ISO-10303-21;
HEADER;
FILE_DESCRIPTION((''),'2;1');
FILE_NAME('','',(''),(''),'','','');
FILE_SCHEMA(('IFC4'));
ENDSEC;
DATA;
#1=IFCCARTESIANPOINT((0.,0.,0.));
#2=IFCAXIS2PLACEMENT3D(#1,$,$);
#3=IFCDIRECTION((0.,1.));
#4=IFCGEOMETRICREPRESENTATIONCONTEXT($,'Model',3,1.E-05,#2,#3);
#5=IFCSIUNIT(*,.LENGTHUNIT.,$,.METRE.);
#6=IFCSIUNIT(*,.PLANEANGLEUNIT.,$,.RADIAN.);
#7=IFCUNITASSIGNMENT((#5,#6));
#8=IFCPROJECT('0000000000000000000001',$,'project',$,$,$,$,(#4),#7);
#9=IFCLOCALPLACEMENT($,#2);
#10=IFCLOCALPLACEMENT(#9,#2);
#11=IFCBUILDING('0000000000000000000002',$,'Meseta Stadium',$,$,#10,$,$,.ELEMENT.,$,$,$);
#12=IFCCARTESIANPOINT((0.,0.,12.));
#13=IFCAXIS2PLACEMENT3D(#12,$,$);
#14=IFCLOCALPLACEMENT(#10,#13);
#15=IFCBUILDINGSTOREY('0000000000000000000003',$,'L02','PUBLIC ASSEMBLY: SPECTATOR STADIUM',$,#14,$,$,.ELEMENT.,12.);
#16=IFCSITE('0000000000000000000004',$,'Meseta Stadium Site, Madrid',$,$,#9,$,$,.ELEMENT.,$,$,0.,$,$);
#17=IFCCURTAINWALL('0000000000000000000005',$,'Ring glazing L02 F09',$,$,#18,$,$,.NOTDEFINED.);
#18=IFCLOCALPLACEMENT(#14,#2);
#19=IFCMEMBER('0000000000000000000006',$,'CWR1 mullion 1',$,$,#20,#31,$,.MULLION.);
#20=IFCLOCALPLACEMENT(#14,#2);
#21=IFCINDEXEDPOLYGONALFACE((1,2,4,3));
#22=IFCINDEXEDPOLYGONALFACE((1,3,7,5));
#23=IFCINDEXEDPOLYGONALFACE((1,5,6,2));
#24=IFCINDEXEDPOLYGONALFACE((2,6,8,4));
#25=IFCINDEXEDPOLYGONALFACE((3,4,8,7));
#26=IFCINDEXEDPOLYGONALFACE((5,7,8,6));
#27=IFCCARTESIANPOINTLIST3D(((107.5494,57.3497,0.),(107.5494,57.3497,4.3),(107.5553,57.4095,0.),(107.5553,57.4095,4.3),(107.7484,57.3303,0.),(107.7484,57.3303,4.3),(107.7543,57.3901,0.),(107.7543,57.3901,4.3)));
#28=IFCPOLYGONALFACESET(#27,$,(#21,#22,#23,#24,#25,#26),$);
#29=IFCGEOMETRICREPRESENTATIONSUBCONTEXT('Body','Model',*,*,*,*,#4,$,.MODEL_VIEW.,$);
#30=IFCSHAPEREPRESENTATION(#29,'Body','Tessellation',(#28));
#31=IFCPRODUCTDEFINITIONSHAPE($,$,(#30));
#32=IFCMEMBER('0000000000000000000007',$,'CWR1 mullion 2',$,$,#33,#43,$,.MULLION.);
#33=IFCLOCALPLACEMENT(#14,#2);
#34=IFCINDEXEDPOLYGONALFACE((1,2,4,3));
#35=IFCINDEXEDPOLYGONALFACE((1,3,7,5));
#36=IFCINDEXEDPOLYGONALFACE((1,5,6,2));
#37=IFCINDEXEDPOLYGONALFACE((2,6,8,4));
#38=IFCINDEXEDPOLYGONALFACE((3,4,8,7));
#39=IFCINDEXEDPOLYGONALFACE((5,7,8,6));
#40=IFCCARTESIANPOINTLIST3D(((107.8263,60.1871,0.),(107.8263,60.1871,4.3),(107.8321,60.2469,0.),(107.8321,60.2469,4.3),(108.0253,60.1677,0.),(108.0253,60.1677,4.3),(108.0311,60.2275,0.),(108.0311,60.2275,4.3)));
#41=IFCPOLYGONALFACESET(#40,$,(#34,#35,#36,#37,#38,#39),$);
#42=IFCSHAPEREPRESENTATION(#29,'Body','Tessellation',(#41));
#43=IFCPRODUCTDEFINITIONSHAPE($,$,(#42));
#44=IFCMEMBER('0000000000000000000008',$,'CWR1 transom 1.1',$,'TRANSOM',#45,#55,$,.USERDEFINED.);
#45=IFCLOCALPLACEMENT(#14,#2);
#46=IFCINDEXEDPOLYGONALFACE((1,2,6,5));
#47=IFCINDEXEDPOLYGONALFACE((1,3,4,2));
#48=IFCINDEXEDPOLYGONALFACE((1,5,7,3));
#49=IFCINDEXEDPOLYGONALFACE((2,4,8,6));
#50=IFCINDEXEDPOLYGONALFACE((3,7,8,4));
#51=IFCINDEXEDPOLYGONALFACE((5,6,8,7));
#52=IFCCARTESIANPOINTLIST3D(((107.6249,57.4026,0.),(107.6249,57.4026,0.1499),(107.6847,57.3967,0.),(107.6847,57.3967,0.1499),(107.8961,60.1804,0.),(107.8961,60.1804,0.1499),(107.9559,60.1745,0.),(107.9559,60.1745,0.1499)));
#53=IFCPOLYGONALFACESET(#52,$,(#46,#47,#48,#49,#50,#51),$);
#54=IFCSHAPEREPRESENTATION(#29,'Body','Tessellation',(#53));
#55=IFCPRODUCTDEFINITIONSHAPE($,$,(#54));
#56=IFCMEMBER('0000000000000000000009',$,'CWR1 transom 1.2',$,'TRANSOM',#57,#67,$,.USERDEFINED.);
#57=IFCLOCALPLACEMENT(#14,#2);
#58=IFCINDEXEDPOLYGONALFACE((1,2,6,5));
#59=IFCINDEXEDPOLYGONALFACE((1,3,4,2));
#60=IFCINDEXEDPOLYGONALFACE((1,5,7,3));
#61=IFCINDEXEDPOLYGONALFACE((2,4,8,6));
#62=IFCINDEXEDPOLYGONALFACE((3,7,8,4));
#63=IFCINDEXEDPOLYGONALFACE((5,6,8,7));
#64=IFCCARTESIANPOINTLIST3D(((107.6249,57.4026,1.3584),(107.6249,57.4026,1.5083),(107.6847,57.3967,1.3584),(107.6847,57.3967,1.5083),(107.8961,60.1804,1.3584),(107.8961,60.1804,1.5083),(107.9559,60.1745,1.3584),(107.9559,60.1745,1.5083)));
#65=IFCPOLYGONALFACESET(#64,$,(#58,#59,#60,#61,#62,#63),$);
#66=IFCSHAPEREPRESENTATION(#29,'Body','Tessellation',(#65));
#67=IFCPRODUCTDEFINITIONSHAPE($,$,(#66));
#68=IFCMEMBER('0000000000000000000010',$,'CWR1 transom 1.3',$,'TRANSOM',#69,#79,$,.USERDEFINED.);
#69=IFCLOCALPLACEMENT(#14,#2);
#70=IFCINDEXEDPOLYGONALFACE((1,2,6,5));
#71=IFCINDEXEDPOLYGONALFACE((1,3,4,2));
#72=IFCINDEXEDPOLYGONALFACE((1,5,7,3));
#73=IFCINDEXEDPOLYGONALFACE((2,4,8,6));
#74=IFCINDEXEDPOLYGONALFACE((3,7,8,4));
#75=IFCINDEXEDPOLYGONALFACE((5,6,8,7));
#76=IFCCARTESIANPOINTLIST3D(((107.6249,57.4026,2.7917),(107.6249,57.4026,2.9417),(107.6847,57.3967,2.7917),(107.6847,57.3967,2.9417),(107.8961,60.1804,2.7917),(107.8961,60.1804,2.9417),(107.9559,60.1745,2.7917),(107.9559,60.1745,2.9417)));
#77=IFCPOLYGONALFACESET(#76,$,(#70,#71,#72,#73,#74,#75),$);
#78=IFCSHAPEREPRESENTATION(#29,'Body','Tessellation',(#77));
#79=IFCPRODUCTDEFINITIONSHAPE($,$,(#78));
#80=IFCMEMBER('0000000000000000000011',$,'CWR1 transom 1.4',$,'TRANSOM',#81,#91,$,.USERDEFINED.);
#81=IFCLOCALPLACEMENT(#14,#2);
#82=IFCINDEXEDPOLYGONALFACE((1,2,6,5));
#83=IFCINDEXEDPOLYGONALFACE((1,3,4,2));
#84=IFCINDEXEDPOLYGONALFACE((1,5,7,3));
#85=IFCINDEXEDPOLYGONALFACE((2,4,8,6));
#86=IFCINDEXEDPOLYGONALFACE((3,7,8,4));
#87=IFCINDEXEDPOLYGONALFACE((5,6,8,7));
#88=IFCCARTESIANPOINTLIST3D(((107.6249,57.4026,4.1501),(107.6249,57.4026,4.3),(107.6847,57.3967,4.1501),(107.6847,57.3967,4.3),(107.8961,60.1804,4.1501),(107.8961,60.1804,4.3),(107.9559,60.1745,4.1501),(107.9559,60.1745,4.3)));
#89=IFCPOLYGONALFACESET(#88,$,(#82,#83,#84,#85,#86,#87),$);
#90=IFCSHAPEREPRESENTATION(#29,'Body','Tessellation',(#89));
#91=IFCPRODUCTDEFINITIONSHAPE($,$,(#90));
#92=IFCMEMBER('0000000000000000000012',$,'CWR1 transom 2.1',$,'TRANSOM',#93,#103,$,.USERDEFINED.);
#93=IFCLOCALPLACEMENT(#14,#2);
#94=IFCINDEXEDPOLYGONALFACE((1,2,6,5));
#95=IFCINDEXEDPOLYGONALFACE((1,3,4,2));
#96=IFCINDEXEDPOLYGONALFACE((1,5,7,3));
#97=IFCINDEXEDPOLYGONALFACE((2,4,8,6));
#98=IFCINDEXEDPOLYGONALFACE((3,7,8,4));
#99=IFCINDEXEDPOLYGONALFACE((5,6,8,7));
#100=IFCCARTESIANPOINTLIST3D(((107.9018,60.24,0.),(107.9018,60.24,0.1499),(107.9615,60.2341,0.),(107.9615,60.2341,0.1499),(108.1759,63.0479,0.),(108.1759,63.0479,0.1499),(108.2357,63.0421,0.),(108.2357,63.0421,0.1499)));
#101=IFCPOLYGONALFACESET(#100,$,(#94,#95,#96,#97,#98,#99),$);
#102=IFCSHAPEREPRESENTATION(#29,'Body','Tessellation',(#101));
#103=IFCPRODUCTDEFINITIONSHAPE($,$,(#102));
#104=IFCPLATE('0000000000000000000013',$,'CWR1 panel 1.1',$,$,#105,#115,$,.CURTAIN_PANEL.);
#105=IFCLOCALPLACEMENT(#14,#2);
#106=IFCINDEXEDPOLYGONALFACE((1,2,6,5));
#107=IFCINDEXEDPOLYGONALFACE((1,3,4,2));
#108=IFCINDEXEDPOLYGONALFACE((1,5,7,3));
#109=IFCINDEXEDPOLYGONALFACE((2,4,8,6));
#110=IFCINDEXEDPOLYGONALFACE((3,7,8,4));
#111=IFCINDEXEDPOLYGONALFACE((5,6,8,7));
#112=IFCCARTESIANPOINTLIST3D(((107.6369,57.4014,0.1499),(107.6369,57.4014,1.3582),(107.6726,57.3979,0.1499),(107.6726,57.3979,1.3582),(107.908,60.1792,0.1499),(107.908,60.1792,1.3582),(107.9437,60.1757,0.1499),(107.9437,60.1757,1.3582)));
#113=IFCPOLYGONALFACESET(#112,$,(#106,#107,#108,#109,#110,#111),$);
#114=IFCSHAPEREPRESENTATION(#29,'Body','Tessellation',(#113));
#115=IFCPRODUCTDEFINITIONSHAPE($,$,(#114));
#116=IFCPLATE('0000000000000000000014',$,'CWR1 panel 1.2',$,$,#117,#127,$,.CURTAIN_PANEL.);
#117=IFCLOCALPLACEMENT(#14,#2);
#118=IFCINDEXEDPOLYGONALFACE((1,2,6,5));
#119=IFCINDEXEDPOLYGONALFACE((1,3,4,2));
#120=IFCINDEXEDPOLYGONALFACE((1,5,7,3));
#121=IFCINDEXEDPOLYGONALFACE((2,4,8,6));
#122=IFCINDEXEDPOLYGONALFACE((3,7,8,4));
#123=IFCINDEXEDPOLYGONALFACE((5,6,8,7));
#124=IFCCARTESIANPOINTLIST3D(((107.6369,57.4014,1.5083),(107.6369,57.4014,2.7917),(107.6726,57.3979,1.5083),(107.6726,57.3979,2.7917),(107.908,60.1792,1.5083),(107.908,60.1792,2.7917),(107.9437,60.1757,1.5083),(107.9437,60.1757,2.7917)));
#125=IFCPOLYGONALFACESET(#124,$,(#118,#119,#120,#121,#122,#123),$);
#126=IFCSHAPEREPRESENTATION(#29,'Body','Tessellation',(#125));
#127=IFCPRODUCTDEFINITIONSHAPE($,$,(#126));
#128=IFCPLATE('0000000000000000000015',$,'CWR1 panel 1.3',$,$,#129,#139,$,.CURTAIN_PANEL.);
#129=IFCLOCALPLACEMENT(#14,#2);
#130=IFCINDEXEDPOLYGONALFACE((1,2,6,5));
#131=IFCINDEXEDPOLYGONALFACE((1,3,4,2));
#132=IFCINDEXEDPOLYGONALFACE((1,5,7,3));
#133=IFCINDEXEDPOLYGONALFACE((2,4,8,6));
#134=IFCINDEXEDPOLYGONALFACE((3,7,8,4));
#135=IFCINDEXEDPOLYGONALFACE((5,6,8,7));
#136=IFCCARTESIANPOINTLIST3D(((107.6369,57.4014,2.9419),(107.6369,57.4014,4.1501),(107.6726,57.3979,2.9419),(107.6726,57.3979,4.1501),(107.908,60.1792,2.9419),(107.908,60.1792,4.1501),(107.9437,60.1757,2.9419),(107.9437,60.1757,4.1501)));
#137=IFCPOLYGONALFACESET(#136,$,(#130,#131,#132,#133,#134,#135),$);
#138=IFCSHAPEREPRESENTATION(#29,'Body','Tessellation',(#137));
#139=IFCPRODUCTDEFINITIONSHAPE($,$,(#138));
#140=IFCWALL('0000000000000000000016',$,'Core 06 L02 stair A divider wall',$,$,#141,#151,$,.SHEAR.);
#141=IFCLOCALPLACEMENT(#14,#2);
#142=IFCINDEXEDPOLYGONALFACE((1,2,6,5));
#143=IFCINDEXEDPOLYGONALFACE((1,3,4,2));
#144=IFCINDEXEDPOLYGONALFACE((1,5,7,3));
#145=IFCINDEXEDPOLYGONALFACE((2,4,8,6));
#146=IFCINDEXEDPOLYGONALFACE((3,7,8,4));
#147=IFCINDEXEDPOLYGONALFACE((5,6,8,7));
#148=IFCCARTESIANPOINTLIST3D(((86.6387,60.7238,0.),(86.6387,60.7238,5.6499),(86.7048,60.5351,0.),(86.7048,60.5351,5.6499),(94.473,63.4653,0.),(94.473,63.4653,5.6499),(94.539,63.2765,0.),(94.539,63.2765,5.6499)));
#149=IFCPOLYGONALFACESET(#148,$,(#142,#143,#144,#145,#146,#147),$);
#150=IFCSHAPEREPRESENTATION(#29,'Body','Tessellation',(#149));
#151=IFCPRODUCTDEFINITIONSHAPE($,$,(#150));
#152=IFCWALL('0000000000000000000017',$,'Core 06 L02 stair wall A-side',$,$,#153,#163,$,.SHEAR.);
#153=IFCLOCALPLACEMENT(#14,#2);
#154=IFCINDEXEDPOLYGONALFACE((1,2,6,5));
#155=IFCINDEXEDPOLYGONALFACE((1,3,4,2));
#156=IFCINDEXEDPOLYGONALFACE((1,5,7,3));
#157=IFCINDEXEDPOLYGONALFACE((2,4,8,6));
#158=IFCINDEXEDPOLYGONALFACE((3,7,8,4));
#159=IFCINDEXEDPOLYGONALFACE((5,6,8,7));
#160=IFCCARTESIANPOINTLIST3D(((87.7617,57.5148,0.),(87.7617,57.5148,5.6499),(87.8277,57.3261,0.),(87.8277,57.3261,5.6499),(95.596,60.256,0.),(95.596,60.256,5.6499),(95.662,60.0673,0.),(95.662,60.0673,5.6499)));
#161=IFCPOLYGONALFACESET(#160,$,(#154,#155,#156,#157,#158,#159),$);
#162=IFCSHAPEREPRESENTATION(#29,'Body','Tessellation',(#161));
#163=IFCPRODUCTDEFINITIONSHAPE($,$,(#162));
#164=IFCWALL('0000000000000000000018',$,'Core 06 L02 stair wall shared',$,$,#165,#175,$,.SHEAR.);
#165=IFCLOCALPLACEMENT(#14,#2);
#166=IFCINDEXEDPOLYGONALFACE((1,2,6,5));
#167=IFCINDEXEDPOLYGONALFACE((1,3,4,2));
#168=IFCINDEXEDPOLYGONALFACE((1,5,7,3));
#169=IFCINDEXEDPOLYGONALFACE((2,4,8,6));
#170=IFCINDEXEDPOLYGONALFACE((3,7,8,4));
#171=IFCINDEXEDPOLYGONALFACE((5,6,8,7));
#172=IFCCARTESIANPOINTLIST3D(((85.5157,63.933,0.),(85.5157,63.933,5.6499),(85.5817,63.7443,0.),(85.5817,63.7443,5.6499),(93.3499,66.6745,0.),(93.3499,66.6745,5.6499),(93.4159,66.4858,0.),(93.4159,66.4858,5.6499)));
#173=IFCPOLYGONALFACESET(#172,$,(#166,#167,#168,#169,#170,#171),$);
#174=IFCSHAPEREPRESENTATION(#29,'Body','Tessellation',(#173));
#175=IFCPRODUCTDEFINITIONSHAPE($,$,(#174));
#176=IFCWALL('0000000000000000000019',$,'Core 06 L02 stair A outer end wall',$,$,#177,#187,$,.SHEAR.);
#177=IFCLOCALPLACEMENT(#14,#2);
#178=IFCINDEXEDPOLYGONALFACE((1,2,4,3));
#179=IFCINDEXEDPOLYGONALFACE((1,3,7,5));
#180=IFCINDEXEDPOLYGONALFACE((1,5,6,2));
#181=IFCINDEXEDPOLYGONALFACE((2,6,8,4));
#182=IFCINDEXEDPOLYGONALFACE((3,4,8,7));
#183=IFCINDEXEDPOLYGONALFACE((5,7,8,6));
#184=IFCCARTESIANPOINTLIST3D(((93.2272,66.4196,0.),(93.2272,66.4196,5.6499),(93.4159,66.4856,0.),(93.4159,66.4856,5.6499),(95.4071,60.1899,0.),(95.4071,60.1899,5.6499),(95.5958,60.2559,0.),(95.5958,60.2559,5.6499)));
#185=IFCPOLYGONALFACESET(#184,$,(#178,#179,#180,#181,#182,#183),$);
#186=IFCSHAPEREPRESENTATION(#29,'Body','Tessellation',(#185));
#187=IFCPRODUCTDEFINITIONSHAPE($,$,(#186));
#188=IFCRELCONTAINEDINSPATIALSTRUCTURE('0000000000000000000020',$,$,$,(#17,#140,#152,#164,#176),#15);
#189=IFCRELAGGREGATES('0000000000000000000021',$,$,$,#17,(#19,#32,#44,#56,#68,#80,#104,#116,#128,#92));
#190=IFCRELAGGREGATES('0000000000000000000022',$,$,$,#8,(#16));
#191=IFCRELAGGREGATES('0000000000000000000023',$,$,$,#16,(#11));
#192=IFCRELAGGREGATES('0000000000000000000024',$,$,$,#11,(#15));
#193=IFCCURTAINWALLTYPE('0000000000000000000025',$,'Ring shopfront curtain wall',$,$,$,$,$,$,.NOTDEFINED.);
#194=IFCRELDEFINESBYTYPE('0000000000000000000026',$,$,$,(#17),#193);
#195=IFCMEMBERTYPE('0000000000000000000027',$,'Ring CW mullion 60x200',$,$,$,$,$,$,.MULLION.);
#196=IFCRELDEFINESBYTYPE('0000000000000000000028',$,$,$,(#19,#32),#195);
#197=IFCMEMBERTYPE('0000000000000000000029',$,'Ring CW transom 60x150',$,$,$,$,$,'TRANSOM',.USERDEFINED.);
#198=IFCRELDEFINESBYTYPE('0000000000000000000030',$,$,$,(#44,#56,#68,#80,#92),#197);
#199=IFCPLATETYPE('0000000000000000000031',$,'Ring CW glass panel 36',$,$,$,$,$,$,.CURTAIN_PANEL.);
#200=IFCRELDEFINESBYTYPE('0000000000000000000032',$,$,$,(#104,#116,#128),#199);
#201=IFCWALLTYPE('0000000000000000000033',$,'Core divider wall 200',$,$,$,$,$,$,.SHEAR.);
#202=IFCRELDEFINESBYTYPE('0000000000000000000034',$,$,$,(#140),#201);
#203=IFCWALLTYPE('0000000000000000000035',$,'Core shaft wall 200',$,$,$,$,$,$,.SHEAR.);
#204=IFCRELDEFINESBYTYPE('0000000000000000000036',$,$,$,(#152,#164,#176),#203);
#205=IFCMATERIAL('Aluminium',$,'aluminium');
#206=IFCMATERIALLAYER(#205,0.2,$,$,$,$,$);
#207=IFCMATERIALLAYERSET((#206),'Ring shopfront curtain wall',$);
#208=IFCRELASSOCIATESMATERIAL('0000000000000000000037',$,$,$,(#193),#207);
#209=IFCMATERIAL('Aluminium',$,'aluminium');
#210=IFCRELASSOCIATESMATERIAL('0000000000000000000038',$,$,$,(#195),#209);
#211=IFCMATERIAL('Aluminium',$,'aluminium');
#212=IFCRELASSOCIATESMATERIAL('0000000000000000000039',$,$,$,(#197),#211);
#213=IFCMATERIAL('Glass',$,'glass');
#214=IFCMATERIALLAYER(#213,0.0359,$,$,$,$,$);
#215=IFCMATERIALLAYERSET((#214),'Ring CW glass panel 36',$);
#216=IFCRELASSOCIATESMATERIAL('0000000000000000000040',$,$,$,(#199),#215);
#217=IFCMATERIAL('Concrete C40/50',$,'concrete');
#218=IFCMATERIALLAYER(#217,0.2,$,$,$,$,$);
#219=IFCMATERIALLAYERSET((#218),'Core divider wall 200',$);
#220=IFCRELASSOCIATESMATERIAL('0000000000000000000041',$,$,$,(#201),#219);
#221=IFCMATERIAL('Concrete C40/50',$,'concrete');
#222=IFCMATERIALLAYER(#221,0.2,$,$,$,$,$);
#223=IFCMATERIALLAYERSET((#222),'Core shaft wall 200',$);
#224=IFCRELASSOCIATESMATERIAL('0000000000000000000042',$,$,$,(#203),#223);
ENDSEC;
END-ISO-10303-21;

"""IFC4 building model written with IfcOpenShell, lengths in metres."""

from ifc_helpers import new_model, si_unit, direction, frame, frame_2d, origin, origin_2d, place, context, subcontext, project, spatial, rectangle, extrude, material, layer, layer_set, material_profile, profile_set, type_object, element, aggregate, save


model = new_model("IFC4")

# Units and contexts
model_context = context("Model", 3, precision=1e-05, world=origin(), true_north=direction((0.0, 1.0)))
body_context = subcontext(model_context, "Body", "Model", "MODEL_VIEW")
ifc_project = project(units=[si_unit("LENGTHUNIT", "METRE"), si_unit("PLANEANGLEUNIT", "RADIAN")], contexts=[model_context])

# Site, building, storey
site_placement = place(None, origin())
site = spatial("IfcSite", under=ifc_project, at=site_placement, Name="Meseta Stadium Site, Madrid", CompositionType="ELEMENT", RefElevation=0.0)
building_placement = place(site_placement, origin())
building = spatial("IfcBuilding", under=site, at=building_placement, Name="Meseta Stadium", CompositionType="ELEMENT")
storey_placement = place(building_placement, frame((0.0, 0.0, 12.0)))
storey = spatial("IfcBuildingStorey", under=building, at=storey_placement, Name="L02", Description="PUBLIC ASSEMBLY: SPECTATOR STADIUM", CompositionType="ELEMENT", Elevation=12.0)

# Shared definitions
ifc_material_1 = material(Name="Aluminium", Category="aluminium")
ifc_layer_1 = layer(ifc_material_1, 0.2)
ifc_layer_set_1 = layer_set([ifc_layer_1], Name="Ring shopfront curtain wall")
curtain_wall_type = type_object("IfcCurtainWallType", Name="Ring shopfront curtain wall", PredefinedType="NOTDEFINED", material=ifc_layer_set_1)
ifc_material_2 = material(Name="Aluminium", Category="aluminium")
ifc_material_profile_1 = material_profile(ifc_material_2, rectangle(XDim=0.2, YDim=0.0601, at=origin_2d()), Name="CW 200x60")
ifc_profile_set_1 = profile_set([ifc_material_profile_1], Name="Aluminium")
member_type_1 = type_object("IfcMemberType", Name="Ring CW mullion 60x200", PredefinedType="MULLION", material=ifc_profile_set_1)

# Curtain wall, members, plates
curtain_wall_1_placement = place(storey_placement, origin())
curtain_wall_1 = element("IfcCurtainWall", 1, at=curtain_wall_1_placement, inside=storey, type_object=curtain_wall_type, Name="Ring glazing L02 F09", PredefinedType="NOTDEFINED")
member_1_placement = place(storey_placement, frame((107.6519, 57.3699, 0.0), z_axis=(0.0, 0.0, 1.0), x_axis=(-0.995272, 0.097125, 0.0)))
member_1 = element("IfcMember", 2, at=member_1_placement, type_object=member_type_1, Name="CWR1 mullion 1", PredefinedType="MULLION", context=body_context, shape_type="SweptSolid", body=[
    extrude(rectangle(XDim=0.2, YDim=0.0601, at=origin_2d()), origin(), (0.0, 0.0, 1.0), 4.3),
])
member_2_placement = place(storey_placement, frame((107.9287, 60.2073, 0.0), z_axis=(0.0, 0.0, 1.0), x_axis=(-0.995272, 0.097125, 0.0)))
member_2 = element("IfcMember", 3, at=member_2_placement, type_object=member_type_1, Name="CWR1 mullion 2", PredefinedType="MULLION", context=body_context, shape_type="SweptSolid", body=[
    extrude(rectangle(XDim=0.2, YDim=0.0601, at=origin_2d()), origin(), (0.0, 0.0, 1.0), 4.3),
])
ifc_material_3 = material(Name="Aluminium", Category="aluminium")
ifc_material_profile_2 = material_profile(ifc_material_3, rectangle(XDim=0.0601, YDim=0.1499, at=origin_2d()), Name="CW 60x150")
ifc_profile_set_2 = profile_set([ifc_material_profile_2], Name="Aluminium")
member_type_2 = type_object("IfcMemberType", Name="Ring CW transom 60x150", ElementType="TRANSOM", PredefinedType="USERDEFINED", material=ifc_profile_set_2)
member_3_placement = place(storey_placement, frame((107.6548, 57.3997, 0.075), z_axis=(0.097182, 0.995267, 0.0), x_axis=(-0.995267, 0.097182, 0.0)))
member_3 = element("IfcMember", 4, at=member_3_placement, type_object=member_type_2, Name="CWR1 transom 1.1", ObjectType="TRANSOM", PredefinedType="USERDEFINED", context=body_context, shape_type="SweptSolid", body=[
    extrude(rectangle(XDim=0.0601, YDim=0.1499, at=origin_2d()), origin(), (0.0, 0.0, 1.0), 2.791),
])
member_4_placement = place(storey_placement, frame((107.6548, 57.3997, 1.4333), z_axis=(0.097182, 0.995267, 0.0), x_axis=(-0.995267, 0.097182, 0.0)))
member_4 = element("IfcMember", 5, at=member_4_placement, type_object=member_type_2, Name="CWR1 transom 1.2", ObjectType="TRANSOM", PredefinedType="USERDEFINED", context=body_context, shape_type="SweptSolid", body=[
    extrude(rectangle(XDim=0.0601, YDim=0.1499, at=origin_2d()), origin(), (0.0, 0.0, 1.0), 2.791),
])
member_5_placement = place(storey_placement, frame((107.6548, 57.3997, 2.8667), z_axis=(0.097182, 0.995267, 0.0), x_axis=(-0.995267, 0.097182, 0.0)))
member_5 = element("IfcMember", 6, at=member_5_placement, type_object=member_type_2, Name="CWR1 transom 1.3", ObjectType="TRANSOM", PredefinedType="USERDEFINED", context=body_context, shape_type="SweptSolid", body=[
    extrude(rectangle(XDim=0.0601, YDim=0.1499, at=origin_2d()), origin(), (0.0, 0.0, 1.0), 2.791),
])
member_6_placement = place(storey_placement, frame((107.6548, 57.3997, 4.2251), z_axis=(0.097182, 0.995267, 0.0), x_axis=(-0.995267, 0.097182, 0.0)))
member_6 = element("IfcMember", 7, at=member_6_placement, type_object=member_type_2, Name="CWR1 transom 1.4", ObjectType="TRANSOM", PredefinedType="USERDEFINED", context=body_context, shape_type="SweptSolid", body=[
    extrude(rectangle(XDim=0.0601, YDim=0.1499, at=origin_2d()), origin(), (0.0, 0.0, 1.0), 2.791),
])
member_7_placement = place(storey_placement, frame((107.9316, 60.2371, 0.075), z_axis=(0.097182, 0.995267, 0.0), x_axis=(-0.995267, 0.097182, 0.0)))
member_7 = element("IfcMember", 8, at=member_7_placement, type_object=member_type_2, Name="CWR1 transom 2.1", ObjectType="TRANSOM", PredefinedType="USERDEFINED", context=body_context, shape_type="SweptSolid", body=[
    extrude(rectangle(XDim=0.0601, YDim=0.1499, at=origin_2d()), origin(), (0.0, 0.0, 1.0), 2.8213),
])
ifc_material_4 = material(Name="Glass", Category="glass")
ifc_layer_2 = layer(ifc_material_4, 0.0359)
ifc_layer_set_2 = layer_set([ifc_layer_2], Name="Ring CW glass panel 36")
plate_type = type_object("IfcPlateType", Name="Ring CW glass panel 36", PredefinedType="CURTAIN_PANEL", material=ifc_layer_set_2)
plate_1_placement = place(storey_placement, frame((107.7903, 58.7886, 0.1499), z_axis=(0.0, 0.0, 1.0), x_axis=(0.097125, 0.995272, 0.0)))
plate_1 = element("IfcPlate", 9, at=plate_1_placement, type_object=plate_type, Name="CWR1 panel 1.1", PredefinedType="CURTAIN_PANEL", context=body_context, shape_type="SweptSolid", body=[
    extrude(rectangle(XDim=2.791, YDim=0.0359, at=origin_2d()), origin(), (0.0, 0.0, 1.0), 1.2083),
])
plate_2_placement = place(storey_placement, frame((107.7903, 58.7886, 1.5083), z_axis=(0.0, 0.0, 1.0), x_axis=(0.097125, 0.995272, 0.0)))
plate_2 = element("IfcPlate", 10, at=plate_2_placement, type_object=plate_type, Name="CWR1 panel 1.2", PredefinedType="CURTAIN_PANEL", context=body_context, shape_type="SweptSolid", body=[
    extrude(rectangle(XDim=2.791, YDim=0.0359, at=origin_2d()), origin(), (0.0, 0.0, 1.0), 1.2834),
])
plate_3_placement = place(storey_placement, frame((107.7903, 58.7886, 2.9419), z_axis=(0.0, 0.0, 1.0), x_axis=(0.097125, 0.995272, 0.0)))
plate_3 = element("IfcPlate", 11, at=plate_3_placement, type_object=plate_type, Name="CWR1 panel 1.3", PredefinedType="CURTAIN_PANEL", context=body_context, shape_type="SweptSolid", body=[
    extrude(rectangle(XDim=2.791, YDim=0.0359, at=origin_2d()), origin(), (0.0, 0.0, 1.0), 1.2083),
])
aggregate(curtain_wall_1, [member_1, member_2, member_3, member_4, member_5, member_6, plate_1, plate_2, plate_3, member_7])

# Walls
ifc_material_5 = material(Name="Concrete C40/50", Category="concrete")
ifc_layer_3 = layer(ifc_material_5, 0.2)
ifc_layer_set_3 = layer_set([ifc_layer_3], Name="Core divider wall 200")
wall_type_1 = type_object("IfcWallType", Name="Core divider wall 200", PredefinedType="SHEAR", material=ifc_layer_set_3)
wall_1_placement = place(storey_placement, frame((94.5059, 63.3708, 0.0), z_axis=(0.0, 0.0, 1.0), x_axis=(-0.943878, -0.330294, 0.0)))
element("IfcWall", 12, at=wall_1_placement, inside=storey, type_object=wall_type_1, Name="Core 06 L02 stair A divider wall", PredefinedType="SHEAR", context=body_context, shape_type="SweptSolid", body=[
    extrude(rectangle(XDim=8.3, YDim=0.2, at=frame_2d((4.1499, 0.0))), origin(), (0.0, 0.0, 1.0), 5.6499),
])
ifc_material_6 = material(Name="Concrete C40/50", Category="concrete")
ifc_layer_4 = layer(ifc_material_6, 0.2)
ifc_layer_set_4 = layer_set([ifc_layer_4], Name="Core shaft wall 200")
wall_type_2 = type_object("IfcWallType", Name="Core shaft wall 200", PredefinedType="SHEAR", material=ifc_layer_set_4)
for number, where, z_axis, x_axis, name in (
    (13, (95.6289, 60.1616, 0.0), (0.0, 0.0, 1.0), (-0.943887, -0.330268, 0.0), "Core 06 L02 stair wall A-side"),
    (14, (93.3828, 66.5801, 0.0), (0.0, 0.0, 1.0), (-0.943878, -0.330294, 0.0), "Core 06 L02 stair wall shared"),
):
    element("IfcWall", number, at=place(storey_placement, frame(where, z_axis=z_axis, x_axis=x_axis)), inside=storey, type_object=wall_type_2, Name=name, PredefinedType="SHEAR", context=body_context, shape_type="SweptSolid", body=[
        extrude(rectangle(XDim=8.3, YDim=0.2, at=frame_2d((4.1499, 0.0))), origin(), (0.0, 0.0, 1.0), 5.6499),
    ])
for number, where, z_axis, x_axis, name in (
    (15, (95.5015, 60.2229, 0.0), (0.0, 0.0, 1.0), (-0.330286, 0.943881, 0.0), "Core 06 L02 stair A outer end wall"),
):
    element("IfcWall", number, at=place(storey_placement, frame(where, z_axis=z_axis, x_axis=x_axis)), inside=storey, type_object=wall_type_2, Name=name, PredefinedType="SHEAR", context=body_context, shape_type="SweptSolid", body=[
        extrude(rectangle(XDim=6.6001, YDim=0.2, at=frame_2d((3.3, 0.0))), origin(), (0.0, 0.0, 1.0), 5.6499),
    ])

save(model, "model.ifc")
